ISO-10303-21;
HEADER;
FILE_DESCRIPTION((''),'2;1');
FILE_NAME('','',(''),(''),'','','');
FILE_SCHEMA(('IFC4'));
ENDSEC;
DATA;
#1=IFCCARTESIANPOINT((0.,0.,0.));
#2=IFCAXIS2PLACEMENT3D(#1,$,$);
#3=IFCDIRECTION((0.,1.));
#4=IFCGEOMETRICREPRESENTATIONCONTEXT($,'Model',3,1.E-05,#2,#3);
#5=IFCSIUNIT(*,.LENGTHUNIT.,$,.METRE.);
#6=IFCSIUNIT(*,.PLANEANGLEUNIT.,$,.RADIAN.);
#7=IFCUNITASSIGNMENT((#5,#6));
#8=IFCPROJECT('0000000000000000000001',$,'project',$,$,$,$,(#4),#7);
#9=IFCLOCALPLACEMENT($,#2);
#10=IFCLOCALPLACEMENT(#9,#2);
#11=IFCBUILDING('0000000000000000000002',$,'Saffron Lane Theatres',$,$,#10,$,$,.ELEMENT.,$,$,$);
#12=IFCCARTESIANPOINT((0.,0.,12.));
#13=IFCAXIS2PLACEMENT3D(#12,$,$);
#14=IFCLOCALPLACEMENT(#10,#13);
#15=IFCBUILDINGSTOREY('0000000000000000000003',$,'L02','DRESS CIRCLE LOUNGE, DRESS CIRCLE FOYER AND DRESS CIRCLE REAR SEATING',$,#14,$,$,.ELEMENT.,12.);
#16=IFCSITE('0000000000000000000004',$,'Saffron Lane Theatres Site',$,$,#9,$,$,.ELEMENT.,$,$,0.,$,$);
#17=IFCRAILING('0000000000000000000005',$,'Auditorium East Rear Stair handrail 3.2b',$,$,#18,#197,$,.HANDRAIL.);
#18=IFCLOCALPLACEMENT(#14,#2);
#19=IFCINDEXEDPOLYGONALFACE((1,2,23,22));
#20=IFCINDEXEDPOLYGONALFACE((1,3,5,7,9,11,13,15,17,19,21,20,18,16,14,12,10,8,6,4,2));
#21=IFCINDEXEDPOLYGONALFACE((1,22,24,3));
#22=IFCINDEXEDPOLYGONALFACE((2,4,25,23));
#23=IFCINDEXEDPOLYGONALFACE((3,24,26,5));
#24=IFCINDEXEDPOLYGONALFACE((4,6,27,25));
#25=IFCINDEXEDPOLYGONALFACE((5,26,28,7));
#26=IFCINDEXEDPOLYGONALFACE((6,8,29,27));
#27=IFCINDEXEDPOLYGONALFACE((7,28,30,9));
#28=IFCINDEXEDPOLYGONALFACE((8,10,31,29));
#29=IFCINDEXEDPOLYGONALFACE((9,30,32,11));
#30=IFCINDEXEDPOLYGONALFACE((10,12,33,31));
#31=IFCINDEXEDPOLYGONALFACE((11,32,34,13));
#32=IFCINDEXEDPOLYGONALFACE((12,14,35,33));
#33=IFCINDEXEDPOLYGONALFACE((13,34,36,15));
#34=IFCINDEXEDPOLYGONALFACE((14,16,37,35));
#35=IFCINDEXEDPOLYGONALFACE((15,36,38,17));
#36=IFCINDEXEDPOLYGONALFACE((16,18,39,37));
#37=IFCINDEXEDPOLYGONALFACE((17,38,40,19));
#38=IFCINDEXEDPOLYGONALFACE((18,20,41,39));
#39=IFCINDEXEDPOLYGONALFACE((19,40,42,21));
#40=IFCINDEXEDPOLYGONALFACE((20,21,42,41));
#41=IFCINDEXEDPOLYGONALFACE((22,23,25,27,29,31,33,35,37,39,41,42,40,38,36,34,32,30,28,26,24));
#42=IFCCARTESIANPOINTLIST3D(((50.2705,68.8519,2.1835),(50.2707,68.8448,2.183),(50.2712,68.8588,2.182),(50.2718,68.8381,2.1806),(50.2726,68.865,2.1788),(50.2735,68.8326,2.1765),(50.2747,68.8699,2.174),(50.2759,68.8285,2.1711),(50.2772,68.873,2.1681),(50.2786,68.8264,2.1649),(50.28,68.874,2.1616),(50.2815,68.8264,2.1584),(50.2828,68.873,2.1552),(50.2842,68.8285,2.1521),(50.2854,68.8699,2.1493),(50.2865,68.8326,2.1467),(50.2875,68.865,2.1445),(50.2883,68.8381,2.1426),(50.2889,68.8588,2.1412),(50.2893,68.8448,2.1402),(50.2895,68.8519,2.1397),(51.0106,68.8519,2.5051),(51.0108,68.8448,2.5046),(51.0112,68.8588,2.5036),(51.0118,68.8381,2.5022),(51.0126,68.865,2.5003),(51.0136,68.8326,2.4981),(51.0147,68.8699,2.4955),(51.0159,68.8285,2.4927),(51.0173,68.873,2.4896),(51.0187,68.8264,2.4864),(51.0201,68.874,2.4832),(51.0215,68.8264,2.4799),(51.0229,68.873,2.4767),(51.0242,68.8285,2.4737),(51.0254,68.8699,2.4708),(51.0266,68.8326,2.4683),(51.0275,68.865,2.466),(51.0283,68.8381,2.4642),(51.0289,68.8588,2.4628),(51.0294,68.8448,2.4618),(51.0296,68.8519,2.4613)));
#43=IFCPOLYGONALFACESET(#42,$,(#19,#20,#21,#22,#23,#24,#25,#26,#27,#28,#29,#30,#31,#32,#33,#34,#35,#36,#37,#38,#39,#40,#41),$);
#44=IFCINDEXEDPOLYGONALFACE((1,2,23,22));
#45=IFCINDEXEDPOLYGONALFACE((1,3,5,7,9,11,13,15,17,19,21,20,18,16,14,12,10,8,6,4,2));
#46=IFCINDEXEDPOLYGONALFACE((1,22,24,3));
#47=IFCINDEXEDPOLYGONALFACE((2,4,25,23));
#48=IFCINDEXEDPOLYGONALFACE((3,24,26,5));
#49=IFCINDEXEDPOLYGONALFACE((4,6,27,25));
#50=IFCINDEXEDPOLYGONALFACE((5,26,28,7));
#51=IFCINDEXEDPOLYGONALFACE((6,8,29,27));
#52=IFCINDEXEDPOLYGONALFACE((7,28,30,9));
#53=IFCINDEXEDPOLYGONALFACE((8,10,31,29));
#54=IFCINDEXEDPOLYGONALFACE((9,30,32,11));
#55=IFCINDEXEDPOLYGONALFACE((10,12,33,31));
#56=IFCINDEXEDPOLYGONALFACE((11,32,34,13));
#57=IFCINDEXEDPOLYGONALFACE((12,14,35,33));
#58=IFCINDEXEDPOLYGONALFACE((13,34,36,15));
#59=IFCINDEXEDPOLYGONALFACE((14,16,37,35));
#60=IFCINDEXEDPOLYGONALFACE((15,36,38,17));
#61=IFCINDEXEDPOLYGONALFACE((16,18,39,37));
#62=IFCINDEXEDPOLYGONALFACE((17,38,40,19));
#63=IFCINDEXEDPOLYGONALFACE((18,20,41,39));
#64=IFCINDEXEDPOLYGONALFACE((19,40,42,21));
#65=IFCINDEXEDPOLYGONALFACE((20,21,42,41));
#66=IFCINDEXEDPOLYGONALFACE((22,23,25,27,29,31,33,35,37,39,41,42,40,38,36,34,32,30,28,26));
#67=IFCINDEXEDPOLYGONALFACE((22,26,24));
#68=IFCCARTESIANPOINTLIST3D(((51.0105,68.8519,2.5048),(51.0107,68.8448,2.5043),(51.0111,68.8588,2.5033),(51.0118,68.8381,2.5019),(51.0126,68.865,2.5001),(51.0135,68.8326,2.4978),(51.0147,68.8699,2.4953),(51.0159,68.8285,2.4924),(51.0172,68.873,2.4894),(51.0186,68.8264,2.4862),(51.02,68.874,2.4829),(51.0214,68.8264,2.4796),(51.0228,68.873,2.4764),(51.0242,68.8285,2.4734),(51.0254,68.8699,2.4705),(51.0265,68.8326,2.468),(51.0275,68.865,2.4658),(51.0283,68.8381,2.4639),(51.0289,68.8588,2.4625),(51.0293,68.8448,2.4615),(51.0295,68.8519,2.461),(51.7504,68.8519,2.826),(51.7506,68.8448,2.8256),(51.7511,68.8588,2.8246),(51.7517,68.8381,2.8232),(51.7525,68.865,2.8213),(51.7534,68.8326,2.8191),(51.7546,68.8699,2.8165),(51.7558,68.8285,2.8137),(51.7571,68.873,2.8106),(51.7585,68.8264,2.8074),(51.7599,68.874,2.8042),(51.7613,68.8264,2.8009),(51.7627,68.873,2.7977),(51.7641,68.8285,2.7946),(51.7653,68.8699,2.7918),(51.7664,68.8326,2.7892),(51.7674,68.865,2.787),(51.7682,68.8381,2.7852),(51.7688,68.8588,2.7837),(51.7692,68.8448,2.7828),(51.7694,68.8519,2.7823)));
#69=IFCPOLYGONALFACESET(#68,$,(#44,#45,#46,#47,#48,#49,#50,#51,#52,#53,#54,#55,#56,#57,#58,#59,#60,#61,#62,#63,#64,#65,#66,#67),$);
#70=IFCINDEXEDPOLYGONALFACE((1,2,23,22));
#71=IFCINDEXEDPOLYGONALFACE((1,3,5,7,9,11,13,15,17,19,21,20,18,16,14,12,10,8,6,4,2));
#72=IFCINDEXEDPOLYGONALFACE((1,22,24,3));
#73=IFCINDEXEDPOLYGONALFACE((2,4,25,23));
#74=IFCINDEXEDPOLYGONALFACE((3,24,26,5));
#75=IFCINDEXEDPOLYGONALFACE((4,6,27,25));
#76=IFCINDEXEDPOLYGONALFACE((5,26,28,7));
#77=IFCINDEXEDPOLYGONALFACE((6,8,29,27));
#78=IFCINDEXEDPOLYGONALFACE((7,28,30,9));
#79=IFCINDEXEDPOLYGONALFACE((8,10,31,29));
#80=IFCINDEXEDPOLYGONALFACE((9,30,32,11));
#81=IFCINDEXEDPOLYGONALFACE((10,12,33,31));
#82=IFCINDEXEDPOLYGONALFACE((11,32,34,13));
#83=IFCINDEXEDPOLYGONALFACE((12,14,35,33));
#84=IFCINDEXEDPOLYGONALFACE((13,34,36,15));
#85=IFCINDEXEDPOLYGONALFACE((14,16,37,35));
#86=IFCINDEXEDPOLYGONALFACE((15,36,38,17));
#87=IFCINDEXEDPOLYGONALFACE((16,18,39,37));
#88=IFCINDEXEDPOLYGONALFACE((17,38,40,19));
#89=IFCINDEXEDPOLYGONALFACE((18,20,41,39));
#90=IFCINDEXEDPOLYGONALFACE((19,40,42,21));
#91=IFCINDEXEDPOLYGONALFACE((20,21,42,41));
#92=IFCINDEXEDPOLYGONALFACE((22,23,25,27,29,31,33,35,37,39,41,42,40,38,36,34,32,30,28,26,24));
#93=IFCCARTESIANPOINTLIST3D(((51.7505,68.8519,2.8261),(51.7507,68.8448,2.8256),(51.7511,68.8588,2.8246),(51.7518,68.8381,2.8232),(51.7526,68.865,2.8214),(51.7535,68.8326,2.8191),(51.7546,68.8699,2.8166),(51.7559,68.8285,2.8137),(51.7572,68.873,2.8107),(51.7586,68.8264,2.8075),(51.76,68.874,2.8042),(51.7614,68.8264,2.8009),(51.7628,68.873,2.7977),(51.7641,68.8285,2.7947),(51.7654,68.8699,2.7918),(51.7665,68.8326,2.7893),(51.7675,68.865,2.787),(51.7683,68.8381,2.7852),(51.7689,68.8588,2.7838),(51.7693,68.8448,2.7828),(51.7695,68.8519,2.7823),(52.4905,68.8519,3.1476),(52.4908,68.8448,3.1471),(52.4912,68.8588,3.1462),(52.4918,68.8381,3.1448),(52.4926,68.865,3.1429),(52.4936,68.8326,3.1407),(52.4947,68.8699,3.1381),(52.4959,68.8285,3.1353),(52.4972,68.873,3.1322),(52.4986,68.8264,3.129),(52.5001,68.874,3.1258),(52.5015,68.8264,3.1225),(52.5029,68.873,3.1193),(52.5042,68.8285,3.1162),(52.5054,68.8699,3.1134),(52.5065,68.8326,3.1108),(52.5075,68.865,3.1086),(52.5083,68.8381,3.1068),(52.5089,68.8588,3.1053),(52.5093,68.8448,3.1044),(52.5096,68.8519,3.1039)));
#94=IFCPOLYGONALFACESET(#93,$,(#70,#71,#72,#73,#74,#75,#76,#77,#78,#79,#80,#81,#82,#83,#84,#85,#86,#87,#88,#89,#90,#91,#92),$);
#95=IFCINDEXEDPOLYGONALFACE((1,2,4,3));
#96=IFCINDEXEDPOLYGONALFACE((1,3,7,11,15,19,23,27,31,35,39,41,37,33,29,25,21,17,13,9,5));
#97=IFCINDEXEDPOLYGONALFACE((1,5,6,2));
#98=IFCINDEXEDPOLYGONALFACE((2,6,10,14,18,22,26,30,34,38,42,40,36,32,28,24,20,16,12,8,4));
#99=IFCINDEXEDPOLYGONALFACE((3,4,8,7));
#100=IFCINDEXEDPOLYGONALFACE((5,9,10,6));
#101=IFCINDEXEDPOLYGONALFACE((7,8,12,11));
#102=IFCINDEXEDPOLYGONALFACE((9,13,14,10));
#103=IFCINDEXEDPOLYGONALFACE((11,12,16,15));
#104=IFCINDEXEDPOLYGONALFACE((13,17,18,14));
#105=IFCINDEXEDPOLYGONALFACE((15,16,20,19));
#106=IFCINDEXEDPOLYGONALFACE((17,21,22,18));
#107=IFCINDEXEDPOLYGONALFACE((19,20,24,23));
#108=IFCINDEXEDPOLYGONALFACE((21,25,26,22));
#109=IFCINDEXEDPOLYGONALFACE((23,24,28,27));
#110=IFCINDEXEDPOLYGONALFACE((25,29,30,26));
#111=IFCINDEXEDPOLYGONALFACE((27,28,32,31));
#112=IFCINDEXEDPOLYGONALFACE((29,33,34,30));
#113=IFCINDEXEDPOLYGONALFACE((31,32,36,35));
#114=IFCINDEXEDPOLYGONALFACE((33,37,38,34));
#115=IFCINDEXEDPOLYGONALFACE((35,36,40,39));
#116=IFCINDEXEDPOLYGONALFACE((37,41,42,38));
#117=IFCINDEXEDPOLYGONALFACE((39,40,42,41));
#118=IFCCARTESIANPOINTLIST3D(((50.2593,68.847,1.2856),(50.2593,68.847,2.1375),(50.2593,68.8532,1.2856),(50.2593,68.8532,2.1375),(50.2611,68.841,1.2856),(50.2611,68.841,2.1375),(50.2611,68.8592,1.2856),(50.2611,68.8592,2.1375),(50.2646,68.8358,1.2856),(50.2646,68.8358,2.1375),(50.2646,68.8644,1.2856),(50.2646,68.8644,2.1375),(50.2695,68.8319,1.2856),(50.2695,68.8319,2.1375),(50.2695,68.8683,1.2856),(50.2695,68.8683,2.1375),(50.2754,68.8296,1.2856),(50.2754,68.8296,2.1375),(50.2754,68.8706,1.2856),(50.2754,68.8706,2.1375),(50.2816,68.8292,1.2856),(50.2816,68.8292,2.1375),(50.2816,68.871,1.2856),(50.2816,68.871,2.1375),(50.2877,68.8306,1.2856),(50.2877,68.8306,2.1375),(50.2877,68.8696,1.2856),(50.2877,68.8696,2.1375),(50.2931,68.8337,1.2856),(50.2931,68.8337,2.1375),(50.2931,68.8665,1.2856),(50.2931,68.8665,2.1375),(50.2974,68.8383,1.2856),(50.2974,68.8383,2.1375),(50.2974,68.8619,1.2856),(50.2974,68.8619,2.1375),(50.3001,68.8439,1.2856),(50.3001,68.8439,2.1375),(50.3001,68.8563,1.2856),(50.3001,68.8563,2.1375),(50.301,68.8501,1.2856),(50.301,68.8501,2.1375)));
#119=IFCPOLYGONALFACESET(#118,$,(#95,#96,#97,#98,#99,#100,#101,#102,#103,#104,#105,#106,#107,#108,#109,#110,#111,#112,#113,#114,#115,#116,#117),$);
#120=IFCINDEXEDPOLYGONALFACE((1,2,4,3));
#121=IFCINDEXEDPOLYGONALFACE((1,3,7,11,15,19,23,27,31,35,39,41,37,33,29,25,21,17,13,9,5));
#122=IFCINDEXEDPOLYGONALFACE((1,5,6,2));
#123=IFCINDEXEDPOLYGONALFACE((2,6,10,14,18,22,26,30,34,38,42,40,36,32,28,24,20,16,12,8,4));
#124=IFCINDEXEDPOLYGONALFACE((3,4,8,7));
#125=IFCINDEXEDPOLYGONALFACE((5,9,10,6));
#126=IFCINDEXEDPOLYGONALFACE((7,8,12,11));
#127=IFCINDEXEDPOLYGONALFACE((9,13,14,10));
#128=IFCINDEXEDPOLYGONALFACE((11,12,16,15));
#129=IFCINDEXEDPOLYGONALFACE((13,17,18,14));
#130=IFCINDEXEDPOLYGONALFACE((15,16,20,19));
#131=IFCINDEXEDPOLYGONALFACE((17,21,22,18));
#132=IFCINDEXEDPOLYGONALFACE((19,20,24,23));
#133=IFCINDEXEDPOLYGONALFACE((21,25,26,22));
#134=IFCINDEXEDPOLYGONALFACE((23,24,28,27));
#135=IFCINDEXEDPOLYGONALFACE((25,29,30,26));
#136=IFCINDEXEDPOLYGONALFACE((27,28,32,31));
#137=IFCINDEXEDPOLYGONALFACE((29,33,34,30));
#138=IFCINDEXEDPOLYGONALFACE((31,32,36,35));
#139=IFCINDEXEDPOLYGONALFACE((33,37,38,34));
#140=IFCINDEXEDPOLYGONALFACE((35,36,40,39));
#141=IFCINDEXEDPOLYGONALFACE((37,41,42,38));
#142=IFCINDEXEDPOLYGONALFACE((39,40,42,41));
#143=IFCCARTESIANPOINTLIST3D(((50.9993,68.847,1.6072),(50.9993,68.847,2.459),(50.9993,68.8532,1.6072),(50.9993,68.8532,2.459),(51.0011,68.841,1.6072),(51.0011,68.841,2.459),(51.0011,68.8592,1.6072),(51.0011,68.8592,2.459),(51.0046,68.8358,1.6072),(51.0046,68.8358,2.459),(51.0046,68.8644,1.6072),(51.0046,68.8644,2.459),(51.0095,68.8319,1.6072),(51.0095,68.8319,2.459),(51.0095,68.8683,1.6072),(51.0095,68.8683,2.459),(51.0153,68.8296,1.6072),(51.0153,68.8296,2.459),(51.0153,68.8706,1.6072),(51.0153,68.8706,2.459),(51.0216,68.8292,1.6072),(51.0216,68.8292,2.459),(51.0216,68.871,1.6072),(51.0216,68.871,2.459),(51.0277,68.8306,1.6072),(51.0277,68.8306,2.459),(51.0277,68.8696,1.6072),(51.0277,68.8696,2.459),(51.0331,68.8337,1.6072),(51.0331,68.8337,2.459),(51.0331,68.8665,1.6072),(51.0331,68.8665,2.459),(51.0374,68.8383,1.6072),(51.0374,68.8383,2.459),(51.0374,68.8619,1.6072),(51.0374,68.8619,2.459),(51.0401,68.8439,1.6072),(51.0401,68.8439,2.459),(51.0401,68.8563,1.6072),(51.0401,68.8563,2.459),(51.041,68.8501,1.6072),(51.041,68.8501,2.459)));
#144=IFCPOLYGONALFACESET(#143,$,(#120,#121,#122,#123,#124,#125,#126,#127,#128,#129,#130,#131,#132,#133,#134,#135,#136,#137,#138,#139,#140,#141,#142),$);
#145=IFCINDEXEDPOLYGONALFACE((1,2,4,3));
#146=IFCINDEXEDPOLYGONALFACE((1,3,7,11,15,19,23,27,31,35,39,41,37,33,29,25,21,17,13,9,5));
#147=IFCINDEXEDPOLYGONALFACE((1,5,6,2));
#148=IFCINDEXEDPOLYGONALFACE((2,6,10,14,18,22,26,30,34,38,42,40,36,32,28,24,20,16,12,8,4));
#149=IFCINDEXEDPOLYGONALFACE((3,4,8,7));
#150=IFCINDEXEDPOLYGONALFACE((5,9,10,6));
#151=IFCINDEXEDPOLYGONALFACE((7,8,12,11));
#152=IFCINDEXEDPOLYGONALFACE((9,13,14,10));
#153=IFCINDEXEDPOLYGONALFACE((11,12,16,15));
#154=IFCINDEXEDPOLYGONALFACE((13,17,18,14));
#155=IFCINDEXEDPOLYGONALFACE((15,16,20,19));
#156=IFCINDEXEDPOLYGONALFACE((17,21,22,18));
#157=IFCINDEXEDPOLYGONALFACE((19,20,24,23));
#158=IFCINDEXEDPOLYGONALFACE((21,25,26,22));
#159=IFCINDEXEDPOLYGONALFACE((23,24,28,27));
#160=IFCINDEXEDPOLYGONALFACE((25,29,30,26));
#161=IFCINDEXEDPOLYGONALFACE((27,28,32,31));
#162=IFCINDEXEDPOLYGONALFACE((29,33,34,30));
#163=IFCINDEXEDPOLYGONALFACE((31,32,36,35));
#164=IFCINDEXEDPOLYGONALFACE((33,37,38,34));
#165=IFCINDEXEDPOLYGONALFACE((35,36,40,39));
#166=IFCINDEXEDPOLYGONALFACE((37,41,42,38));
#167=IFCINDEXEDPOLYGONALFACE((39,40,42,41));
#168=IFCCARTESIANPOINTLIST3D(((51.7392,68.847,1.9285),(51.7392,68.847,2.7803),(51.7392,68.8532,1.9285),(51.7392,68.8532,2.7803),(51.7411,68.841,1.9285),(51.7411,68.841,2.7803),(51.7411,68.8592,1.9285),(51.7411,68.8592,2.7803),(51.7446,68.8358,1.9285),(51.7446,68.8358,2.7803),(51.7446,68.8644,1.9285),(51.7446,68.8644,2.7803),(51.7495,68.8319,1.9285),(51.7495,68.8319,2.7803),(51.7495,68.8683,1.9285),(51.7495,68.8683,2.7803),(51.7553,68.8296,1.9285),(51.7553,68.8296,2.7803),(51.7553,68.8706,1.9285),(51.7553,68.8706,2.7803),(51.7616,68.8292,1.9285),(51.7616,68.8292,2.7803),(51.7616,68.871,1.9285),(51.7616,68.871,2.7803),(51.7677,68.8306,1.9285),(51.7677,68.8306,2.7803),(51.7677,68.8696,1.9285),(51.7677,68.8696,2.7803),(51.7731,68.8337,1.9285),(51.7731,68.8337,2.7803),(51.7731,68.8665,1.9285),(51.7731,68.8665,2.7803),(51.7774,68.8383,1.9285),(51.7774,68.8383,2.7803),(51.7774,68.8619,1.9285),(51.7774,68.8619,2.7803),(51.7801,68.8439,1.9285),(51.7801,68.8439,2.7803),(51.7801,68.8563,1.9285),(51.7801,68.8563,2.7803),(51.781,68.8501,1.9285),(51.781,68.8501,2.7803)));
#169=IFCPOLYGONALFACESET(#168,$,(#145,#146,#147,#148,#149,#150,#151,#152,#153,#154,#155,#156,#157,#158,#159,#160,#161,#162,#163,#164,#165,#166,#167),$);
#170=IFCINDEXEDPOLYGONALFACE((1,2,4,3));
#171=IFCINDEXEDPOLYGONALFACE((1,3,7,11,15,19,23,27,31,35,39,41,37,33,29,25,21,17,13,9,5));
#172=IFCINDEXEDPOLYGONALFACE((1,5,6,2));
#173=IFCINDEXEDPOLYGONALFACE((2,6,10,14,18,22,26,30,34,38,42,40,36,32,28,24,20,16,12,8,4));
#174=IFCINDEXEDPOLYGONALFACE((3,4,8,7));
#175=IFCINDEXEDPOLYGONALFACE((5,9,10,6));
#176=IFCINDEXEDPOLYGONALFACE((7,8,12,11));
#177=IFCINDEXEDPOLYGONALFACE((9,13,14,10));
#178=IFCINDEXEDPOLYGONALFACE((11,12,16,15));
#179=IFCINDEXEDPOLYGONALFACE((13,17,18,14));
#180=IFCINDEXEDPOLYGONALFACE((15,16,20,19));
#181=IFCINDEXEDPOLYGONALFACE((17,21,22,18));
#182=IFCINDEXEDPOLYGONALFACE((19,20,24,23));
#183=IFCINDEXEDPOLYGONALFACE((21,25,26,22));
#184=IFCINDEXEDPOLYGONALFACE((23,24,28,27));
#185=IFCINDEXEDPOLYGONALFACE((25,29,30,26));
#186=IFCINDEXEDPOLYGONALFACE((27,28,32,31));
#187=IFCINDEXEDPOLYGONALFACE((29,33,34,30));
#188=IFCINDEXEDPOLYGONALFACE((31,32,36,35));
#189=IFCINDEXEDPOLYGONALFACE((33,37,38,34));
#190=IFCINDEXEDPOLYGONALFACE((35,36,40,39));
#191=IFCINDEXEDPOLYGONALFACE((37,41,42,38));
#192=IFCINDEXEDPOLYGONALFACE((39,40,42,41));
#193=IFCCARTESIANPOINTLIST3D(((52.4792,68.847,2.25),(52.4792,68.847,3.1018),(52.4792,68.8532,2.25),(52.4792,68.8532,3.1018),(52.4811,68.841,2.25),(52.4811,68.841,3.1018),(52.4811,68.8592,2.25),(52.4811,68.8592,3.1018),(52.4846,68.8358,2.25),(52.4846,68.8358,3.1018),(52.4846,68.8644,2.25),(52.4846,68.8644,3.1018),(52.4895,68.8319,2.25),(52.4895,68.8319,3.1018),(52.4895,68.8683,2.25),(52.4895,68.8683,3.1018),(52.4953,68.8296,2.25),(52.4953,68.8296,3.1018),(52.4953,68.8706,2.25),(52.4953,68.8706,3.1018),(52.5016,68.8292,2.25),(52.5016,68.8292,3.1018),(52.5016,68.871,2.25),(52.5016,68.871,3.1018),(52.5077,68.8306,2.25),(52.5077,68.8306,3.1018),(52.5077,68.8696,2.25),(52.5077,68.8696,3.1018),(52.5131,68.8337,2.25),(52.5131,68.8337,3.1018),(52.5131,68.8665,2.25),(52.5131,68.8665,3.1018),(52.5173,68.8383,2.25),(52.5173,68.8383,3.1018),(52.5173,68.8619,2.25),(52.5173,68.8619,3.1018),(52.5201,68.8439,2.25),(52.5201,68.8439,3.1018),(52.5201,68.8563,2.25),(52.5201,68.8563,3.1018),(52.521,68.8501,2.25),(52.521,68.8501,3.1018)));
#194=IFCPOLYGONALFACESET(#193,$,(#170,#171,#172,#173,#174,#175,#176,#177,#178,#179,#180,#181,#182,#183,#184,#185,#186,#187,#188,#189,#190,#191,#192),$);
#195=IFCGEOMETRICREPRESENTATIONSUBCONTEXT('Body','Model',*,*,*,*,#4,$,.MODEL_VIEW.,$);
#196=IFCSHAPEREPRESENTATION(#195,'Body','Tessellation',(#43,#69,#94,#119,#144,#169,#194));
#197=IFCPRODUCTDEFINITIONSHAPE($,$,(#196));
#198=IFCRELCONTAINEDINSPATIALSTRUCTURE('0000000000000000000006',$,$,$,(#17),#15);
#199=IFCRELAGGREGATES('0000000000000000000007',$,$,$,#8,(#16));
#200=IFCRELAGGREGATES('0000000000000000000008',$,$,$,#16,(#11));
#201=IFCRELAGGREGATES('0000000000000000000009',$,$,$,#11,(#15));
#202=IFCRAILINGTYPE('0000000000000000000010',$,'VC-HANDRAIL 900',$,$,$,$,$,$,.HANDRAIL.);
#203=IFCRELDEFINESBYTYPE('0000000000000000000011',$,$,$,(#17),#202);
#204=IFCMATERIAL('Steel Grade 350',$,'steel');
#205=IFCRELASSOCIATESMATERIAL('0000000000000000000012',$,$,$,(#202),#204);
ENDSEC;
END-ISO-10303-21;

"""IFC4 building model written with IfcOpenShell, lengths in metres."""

from ifc_helpers import new_model, si_unit, direction, frame, origin, origin_2d, place, context, subcontext, project, spatial, circle, extrude, material, type_object, element, save


model = new_model("IFC4")

# Units and contexts
model_context = context("Model", 3, precision=1e-05, world=origin(), true_north=direction((0.0, 1.0)))
body_context = subcontext(model_context, "Body", "Model", "MODEL_VIEW")
ifc_project = project(units=[si_unit("LENGTHUNIT", "METRE"), si_unit("PLANEANGLEUNIT", "RADIAN")], contexts=[model_context])

# Site, building, storey
site_placement = place(None, origin())
site = spatial("IfcSite", under=ifc_project, at=site_placement, Name="Saffron Lane Theatres Site", CompositionType="ELEMENT", RefElevation=0.0)
building_placement = place(site_placement, origin())
building = spatial("IfcBuilding", under=site, at=building_placement, Name="Saffron Lane Theatres", CompositionType="ELEMENT")
storey_placement = place(building_placement, frame((0.0, 0.0, 12.0)))
storey = spatial("IfcBuildingStorey", under=building, at=storey_placement, Name="L02", Description="DRESS CIRCLE LOUNGE, DRESS CIRCLE FOYER AND DRESS CIRCLE REAR SEATING", CompositionType="ELEMENT", Elevation=12.0)

# Railing
ifc_material_1 = material(Name="Steel Grade 350", Category="steel")
railing_type_1 = type_object("IfcRailingType", Name="VC-HANDRAIL 900", PredefinedType="HANDRAIL", material=ifc_material_1)
for number, where, name in (
    (1, (50.28, 68.8501, 1.2856), "Auditorium East Rear Stair handrail 3.2b"),
):
    element("IfcRailing", number, at=place(storey_placement, frame(where)), inside=storey, type_object=railing_type_1, Name=name, PredefinedType="HANDRAIL", context=body_context, shape_type="SweptSolid", body=[
        extrude(circle(Radius=0.0239, at=origin_2d()), frame((0.0, 0.0, 0.876), z_axis=(0.917161, 0.0, 0.398516), x_axis=(0.0, 1.0, 0.0)), (0.0, 0.0, 1.0), 0.8069),
        extrude(circle(Radius=0.0239, at=origin_2d()), frame((0.74, 0.0, 1.1973), z_axis=(0.917272, 0.0, 0.398261), x_axis=(0.0, 1.0, 0.0)), (0.0, 0.0, 1.0), 0.8066),
        extrude(circle(Radius=0.0239, at=origin_2d()), frame((1.48, 0.0, 1.5186), z_axis=(0.917161, 0.0, 0.398516), x_axis=(0.0, 1.0, 0.0)), (0.0, 0.0, 1.0), 0.8069),
        extrude(circle(Radius=0.021, at=origin_2d()), origin(), (0.0, 0.0, 1.0), 0.8518),
        extrude(circle(Radius=0.021, at=origin_2d()), frame((0.74, 0.0, 0.3215)), (0.0, 0.0, 1.0), 0.8518),
        extrude(circle(Radius=0.021, at=origin_2d()), frame((1.48, 0.0, 0.6428)), (0.0, 0.0, 1.0), 0.8518),
        extrude(circle(Radius=0.021, at=origin_2d()), frame((2.22, 0.0, 0.9644)), (0.0, 0.0, 1.0), 0.8518),
    ])

save(model, "model.ifc")
